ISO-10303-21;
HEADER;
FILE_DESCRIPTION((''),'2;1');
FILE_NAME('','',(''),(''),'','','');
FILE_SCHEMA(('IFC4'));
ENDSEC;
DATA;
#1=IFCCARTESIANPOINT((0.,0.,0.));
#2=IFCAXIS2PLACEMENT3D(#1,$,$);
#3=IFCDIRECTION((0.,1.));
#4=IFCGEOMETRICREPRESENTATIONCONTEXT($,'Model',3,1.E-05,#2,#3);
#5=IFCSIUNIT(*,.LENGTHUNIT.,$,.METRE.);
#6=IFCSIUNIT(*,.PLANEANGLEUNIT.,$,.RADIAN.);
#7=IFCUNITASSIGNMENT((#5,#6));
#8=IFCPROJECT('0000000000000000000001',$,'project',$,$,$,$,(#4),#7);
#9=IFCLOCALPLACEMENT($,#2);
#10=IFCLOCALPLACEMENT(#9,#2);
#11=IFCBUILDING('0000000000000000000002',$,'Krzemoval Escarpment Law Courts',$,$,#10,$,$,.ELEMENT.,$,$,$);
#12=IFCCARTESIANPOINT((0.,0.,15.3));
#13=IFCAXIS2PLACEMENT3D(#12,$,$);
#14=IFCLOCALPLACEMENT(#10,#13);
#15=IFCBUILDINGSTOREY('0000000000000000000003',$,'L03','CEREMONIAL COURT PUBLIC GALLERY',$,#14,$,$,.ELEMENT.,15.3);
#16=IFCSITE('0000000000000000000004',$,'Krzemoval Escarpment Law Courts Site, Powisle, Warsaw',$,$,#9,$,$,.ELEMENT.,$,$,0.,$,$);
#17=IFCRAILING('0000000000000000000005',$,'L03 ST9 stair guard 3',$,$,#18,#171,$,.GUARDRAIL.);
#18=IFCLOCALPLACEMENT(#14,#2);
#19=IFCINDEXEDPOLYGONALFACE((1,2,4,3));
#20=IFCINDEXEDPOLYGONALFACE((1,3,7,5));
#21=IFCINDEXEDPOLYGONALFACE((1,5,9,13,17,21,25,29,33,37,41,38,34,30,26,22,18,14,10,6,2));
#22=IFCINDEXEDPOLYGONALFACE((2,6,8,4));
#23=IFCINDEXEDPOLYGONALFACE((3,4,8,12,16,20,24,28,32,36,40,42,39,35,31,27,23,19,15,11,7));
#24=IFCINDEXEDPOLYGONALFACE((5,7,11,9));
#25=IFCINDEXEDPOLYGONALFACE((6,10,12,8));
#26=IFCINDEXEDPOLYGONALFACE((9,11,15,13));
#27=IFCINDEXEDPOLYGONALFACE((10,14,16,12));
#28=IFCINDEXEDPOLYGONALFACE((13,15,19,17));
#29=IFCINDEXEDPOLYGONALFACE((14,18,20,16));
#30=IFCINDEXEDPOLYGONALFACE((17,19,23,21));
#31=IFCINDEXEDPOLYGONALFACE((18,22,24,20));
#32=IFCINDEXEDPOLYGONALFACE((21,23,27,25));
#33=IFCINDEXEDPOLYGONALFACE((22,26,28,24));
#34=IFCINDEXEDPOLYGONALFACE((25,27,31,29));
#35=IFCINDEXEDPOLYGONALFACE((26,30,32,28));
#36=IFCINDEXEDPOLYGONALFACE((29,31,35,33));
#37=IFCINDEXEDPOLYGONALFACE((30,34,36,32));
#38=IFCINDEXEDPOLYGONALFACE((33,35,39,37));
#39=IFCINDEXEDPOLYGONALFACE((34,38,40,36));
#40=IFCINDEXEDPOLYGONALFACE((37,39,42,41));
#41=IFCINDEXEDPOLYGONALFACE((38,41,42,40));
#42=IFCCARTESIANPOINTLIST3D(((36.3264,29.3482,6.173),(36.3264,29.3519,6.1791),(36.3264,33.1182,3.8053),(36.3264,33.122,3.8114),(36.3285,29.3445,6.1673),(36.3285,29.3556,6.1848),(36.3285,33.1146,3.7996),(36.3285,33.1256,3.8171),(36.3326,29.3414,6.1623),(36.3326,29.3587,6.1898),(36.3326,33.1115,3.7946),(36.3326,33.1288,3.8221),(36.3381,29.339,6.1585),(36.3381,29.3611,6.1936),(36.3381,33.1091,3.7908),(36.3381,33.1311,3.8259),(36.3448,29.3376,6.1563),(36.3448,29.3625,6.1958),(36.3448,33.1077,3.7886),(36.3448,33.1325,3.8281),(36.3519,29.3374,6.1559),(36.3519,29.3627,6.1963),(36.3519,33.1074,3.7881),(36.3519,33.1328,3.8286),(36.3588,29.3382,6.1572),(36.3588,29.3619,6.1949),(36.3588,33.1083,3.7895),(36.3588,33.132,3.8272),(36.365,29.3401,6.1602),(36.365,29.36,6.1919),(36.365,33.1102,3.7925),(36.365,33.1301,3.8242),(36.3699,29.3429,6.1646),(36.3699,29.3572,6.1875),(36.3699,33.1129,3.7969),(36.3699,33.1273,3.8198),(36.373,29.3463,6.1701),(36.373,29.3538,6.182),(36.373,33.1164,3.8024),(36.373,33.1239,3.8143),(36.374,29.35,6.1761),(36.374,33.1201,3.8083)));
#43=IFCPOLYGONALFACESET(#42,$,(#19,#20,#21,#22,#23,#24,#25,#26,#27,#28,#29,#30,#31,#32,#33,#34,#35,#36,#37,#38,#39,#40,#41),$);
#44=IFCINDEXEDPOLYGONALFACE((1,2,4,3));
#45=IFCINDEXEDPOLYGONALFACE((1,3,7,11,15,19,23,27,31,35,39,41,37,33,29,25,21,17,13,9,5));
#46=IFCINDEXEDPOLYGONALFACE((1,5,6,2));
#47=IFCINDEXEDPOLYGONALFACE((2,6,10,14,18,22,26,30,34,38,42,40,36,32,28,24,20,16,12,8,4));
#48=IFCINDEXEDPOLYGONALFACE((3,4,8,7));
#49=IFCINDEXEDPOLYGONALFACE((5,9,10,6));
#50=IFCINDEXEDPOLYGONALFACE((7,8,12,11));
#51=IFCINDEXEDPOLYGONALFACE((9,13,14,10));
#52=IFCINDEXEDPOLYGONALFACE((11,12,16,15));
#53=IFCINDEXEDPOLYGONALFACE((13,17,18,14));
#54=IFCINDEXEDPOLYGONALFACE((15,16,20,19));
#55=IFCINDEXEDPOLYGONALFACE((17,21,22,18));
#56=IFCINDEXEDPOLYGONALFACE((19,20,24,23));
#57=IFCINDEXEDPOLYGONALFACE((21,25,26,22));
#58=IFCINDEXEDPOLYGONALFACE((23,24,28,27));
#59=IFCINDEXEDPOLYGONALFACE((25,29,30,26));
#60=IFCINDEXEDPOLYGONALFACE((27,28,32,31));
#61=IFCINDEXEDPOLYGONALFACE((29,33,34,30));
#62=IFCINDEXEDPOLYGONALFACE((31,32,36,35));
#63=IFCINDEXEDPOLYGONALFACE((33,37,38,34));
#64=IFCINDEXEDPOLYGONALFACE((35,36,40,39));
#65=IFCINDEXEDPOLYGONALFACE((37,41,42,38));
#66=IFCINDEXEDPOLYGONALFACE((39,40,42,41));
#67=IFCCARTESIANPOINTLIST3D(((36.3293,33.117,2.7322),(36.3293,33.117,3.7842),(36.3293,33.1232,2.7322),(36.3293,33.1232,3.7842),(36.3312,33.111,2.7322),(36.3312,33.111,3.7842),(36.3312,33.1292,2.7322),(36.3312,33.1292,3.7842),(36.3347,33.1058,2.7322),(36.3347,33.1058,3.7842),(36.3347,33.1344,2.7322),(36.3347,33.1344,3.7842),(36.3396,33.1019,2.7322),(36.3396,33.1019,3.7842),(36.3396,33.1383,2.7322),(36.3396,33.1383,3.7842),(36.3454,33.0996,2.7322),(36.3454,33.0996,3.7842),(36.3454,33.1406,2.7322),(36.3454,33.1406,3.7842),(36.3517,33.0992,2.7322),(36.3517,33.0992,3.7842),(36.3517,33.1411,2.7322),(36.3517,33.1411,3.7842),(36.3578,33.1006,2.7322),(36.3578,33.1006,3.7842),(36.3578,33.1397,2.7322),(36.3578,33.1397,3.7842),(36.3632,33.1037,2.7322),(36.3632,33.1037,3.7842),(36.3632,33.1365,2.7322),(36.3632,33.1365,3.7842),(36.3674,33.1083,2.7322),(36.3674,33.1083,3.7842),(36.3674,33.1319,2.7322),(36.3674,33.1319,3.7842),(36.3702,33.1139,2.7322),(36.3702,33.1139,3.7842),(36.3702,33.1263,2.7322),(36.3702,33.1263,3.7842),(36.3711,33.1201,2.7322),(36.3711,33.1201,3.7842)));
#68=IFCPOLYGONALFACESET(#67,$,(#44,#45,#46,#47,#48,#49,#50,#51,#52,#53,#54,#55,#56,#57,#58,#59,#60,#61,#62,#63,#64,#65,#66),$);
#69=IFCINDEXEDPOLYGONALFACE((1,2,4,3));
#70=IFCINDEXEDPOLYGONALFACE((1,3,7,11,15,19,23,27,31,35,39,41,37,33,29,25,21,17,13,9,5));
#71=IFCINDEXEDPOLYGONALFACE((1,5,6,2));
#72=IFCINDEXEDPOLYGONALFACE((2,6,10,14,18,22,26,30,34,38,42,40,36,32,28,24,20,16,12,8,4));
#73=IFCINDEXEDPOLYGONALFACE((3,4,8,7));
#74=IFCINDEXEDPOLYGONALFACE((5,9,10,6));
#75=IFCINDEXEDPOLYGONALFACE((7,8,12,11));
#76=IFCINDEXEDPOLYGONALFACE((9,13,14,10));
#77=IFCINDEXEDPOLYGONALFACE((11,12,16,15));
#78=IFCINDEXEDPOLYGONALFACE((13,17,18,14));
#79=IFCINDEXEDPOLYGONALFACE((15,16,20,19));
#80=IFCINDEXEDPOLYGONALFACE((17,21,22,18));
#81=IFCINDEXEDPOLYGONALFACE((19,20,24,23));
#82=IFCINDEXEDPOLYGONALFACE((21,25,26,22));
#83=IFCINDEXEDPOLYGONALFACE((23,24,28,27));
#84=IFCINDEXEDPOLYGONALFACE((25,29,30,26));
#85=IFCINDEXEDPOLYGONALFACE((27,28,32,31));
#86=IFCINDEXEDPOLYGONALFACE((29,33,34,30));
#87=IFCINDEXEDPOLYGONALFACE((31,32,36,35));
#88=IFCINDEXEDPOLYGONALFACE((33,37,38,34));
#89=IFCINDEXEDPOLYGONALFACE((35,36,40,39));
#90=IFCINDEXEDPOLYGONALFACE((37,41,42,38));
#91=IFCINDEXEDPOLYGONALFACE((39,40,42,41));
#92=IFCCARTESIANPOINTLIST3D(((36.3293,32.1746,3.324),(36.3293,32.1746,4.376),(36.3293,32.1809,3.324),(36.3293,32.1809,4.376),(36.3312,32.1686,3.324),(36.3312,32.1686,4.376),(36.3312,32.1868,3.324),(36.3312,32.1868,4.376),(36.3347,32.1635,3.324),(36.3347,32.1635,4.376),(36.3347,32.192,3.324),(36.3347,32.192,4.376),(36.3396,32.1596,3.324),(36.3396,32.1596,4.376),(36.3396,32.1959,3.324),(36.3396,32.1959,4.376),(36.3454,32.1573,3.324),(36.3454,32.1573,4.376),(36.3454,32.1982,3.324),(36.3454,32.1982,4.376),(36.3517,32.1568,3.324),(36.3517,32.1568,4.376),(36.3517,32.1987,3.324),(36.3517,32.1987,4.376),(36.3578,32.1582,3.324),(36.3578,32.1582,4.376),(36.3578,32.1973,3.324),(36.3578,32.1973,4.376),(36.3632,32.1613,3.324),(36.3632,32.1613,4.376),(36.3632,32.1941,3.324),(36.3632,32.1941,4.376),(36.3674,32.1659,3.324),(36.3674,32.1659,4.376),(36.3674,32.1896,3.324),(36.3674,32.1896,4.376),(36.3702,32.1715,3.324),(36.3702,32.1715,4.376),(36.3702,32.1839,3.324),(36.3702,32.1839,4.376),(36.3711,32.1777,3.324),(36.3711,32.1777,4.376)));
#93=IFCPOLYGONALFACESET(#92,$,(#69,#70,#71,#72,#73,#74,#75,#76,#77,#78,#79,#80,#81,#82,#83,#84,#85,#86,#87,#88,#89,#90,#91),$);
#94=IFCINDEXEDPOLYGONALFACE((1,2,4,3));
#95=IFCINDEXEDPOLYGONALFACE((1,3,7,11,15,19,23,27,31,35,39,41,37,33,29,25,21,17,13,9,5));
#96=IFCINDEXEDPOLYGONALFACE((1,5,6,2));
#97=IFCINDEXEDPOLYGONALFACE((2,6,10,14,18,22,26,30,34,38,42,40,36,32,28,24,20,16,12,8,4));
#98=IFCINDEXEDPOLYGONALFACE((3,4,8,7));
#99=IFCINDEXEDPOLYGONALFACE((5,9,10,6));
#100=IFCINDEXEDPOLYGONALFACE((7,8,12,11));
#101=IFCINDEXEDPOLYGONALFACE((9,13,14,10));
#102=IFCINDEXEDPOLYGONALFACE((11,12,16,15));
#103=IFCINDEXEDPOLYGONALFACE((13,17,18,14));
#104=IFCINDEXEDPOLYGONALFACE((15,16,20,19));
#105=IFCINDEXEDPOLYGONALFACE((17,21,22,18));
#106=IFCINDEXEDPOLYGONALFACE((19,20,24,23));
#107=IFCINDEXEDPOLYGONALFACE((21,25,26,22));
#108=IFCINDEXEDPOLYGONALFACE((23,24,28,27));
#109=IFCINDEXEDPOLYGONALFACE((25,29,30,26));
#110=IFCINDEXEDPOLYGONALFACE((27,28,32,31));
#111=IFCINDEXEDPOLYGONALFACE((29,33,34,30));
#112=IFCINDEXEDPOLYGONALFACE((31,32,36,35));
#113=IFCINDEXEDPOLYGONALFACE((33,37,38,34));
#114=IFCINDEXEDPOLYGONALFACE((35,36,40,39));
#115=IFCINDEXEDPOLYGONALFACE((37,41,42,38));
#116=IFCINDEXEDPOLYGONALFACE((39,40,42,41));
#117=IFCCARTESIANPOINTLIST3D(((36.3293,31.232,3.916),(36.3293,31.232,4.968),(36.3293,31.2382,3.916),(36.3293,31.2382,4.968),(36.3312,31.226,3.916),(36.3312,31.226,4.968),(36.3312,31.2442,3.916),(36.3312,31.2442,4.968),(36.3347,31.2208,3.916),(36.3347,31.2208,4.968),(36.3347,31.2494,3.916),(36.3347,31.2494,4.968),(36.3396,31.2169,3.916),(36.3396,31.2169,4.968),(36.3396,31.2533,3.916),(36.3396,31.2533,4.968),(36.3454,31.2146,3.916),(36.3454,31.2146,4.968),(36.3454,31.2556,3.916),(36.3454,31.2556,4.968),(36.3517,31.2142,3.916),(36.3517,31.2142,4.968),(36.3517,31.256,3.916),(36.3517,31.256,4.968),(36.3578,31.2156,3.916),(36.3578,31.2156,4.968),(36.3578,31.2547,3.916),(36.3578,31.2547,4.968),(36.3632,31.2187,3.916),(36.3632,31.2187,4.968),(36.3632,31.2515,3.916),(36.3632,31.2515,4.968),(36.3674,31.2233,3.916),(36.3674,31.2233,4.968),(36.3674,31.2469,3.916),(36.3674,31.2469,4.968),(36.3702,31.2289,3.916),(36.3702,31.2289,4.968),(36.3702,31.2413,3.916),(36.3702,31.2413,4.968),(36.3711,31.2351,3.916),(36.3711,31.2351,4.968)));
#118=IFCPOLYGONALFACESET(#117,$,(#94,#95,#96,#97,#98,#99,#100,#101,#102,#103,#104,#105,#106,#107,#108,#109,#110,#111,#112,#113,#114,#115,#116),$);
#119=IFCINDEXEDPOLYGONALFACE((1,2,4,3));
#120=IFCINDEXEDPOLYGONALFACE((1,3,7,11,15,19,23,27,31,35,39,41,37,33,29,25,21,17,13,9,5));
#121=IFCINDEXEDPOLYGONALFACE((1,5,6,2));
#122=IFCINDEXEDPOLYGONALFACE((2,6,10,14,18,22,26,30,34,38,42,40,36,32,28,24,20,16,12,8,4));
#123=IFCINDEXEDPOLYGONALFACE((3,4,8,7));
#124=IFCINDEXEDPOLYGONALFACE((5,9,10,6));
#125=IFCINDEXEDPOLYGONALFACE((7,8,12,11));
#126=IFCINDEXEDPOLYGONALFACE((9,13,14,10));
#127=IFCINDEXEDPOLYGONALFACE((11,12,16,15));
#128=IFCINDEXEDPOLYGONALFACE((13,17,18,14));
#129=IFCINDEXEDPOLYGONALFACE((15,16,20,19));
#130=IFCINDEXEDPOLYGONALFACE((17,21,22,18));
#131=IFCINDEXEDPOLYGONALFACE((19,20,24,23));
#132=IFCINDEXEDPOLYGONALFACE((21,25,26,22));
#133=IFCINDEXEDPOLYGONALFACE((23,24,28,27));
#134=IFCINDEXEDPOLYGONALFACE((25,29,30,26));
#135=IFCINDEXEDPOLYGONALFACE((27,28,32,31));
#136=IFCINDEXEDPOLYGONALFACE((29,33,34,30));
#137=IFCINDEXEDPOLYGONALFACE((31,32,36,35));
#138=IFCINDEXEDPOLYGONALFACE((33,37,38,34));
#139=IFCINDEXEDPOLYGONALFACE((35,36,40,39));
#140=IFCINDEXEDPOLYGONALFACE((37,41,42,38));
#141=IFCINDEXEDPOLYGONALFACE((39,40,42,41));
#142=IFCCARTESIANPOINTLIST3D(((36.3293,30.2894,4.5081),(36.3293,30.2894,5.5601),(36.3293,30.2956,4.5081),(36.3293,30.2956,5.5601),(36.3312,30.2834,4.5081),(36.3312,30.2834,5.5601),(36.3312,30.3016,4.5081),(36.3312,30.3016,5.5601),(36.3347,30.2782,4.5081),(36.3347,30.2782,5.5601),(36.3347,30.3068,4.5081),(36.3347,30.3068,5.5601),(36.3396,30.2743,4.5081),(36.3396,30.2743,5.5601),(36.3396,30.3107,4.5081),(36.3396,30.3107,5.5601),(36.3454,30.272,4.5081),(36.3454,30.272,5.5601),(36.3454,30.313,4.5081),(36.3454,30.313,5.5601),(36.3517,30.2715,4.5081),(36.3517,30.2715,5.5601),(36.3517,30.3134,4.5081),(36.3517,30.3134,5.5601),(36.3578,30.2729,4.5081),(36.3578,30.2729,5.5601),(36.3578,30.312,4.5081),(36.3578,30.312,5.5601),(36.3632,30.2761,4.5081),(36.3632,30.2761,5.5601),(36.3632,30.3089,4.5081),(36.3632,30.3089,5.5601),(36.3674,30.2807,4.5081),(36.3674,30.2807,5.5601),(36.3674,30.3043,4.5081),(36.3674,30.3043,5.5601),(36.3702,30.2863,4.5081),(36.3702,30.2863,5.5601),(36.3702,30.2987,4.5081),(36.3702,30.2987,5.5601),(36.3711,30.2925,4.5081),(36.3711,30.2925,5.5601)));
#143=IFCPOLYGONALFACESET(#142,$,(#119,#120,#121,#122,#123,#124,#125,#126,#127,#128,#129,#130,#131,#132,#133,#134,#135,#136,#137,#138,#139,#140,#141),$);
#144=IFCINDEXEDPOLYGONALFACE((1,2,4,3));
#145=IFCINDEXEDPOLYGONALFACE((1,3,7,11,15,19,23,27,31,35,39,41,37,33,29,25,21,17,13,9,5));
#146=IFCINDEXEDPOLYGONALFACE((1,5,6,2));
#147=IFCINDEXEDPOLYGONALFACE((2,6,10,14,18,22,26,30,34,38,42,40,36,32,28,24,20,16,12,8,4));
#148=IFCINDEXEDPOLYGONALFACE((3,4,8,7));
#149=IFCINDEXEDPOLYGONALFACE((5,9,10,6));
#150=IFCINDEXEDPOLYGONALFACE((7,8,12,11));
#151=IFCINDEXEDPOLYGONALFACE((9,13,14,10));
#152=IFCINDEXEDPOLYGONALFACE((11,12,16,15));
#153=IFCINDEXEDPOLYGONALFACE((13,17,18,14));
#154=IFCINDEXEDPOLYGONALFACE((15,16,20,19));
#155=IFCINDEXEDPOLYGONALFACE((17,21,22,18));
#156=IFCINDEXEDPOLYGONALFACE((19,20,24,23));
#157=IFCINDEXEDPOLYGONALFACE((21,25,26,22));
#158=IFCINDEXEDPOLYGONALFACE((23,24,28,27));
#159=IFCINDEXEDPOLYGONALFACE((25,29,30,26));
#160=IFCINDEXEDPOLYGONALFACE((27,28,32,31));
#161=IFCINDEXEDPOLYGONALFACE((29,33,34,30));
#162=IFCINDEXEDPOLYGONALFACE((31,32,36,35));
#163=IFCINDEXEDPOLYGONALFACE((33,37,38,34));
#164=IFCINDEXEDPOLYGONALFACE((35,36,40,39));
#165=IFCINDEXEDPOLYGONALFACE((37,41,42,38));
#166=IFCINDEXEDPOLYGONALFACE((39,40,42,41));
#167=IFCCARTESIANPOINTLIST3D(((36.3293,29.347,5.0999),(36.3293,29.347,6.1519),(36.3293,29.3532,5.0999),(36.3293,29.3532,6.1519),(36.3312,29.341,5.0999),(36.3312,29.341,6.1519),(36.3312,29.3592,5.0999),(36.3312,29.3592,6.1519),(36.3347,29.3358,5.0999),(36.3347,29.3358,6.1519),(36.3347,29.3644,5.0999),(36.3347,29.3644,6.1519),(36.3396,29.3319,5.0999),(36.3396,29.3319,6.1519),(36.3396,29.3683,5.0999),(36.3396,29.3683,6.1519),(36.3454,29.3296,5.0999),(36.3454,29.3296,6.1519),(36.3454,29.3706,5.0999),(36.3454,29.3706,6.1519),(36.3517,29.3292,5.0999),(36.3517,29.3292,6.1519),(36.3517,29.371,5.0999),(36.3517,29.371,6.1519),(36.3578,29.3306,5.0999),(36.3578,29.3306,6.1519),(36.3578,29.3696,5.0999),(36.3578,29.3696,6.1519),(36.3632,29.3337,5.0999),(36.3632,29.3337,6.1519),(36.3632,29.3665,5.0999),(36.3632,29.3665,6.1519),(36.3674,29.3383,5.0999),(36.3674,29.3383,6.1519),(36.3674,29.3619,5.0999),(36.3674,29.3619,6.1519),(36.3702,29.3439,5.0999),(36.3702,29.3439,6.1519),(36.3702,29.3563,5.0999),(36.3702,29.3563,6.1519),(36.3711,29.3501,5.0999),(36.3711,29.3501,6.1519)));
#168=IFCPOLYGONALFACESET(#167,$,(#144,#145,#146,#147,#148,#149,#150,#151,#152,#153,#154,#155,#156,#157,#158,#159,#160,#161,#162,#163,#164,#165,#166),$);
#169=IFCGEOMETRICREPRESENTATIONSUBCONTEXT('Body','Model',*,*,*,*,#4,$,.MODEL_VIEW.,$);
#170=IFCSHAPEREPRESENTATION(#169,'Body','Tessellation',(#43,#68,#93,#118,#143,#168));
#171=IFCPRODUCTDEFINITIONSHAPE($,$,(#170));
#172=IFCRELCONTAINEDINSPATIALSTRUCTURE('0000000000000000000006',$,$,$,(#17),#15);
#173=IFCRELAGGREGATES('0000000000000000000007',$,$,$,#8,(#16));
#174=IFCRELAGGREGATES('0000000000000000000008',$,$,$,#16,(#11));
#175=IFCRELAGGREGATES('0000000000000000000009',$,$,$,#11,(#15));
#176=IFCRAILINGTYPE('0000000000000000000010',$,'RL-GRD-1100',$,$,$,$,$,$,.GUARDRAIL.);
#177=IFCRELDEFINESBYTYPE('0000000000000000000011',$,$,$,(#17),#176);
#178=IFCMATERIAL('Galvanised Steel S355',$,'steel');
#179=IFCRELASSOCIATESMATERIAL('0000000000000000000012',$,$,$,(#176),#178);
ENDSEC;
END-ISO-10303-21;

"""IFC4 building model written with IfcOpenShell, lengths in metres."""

from ifc_helpers import new_model, si_unit, direction, frame, origin, origin_2d, place, context, subcontext, project, spatial, circle, extrude, material, type_object, element, save


model = new_model("IFC4")

# Units and contexts
model_context = context("Model", 3, precision=1e-05, world=origin(), true_north=direction((0.0, 1.0)))
body_context = subcontext(model_context, "Body", "Model", "MODEL_VIEW")
ifc_project = project(units=[si_unit("LENGTHUNIT", "METRE"), si_unit("PLANEANGLEUNIT", "RADIAN")], contexts=[model_context])

# Site, building, storey
site_placement = place(None, origin())
site = spatial("IfcSite", under=ifc_project, at=site_placement, Name="Krzemoval Escarpment Law Courts Site, Powisle, Warsaw", CompositionType="ELEMENT", RefElevation=0.0)
building_placement = place(site_placement, origin())
building = spatial("IfcBuilding", under=site, at=building_placement, Name="Krzemoval Escarpment Law Courts", CompositionType="ELEMENT")
storey_placement = place(building_placement, frame((0.0, 0.0, 15.3)))
storey = spatial("IfcBuildingStorey", under=building, at=storey_placement, Name="L03", Description="CEREMONIAL COURT PUBLIC GALLERY", CompositionType="ELEMENT", Elevation=15.3)

# Railing
ifc_material_1 = material(Name="Galvanised Steel S355", Category="steel")
railing_type_1 = type_object("IfcRailingType", Name="RL-GRD-1100", PredefinedType="GUARDRAIL", material=ifc_material_1)
railing_1_placement = place(storey_placement, frame((36.3501, 33.1201, 2.7322)))
element("IfcRailing", 1, at=railing_1_placement, inside=storey, type_object=railing_type_1, Name="L03 ST9 stair guard 3", PredefinedType="GUARDRAIL", context=body_context, shape_type="SweptSolid", body=[
    extrude(circle(Radius=0.0239, at=origin_2d()), frame((0.0, 0.0, 1.0762), z_axis=(0.0, -0.846844, 0.531841), x_axis=(1.0, 0.0, 0.0)), (0.0, 0.0, 1.0), 4.4519),
    extrude(circle(Radius=0.021, at=origin_2d()), origin(), (0.0, 0.0, 1.0), 1.052),
    extrude(circle(Radius=0.021, at=origin_2d()), frame((0.0, -0.9424, 0.5918)), (0.0, 0.0, 1.0), 1.052),
    extrude(circle(Radius=0.021, at=origin_2d()), frame((0.0, -1.885, 1.1838)), (0.0, 0.0, 1.0), 1.052),
    extrude(circle(Radius=0.021, at=origin_2d()), frame((0.0, -2.8276, 1.7759)), (0.0, 0.0, 1.0), 1.052),
    extrude(circle(Radius=0.021, at=origin_2d()), frame((0.0, -3.77, 2.3677)), (0.0, 0.0, 1.0), 1.052),
])

save(model, "model.ifc")
